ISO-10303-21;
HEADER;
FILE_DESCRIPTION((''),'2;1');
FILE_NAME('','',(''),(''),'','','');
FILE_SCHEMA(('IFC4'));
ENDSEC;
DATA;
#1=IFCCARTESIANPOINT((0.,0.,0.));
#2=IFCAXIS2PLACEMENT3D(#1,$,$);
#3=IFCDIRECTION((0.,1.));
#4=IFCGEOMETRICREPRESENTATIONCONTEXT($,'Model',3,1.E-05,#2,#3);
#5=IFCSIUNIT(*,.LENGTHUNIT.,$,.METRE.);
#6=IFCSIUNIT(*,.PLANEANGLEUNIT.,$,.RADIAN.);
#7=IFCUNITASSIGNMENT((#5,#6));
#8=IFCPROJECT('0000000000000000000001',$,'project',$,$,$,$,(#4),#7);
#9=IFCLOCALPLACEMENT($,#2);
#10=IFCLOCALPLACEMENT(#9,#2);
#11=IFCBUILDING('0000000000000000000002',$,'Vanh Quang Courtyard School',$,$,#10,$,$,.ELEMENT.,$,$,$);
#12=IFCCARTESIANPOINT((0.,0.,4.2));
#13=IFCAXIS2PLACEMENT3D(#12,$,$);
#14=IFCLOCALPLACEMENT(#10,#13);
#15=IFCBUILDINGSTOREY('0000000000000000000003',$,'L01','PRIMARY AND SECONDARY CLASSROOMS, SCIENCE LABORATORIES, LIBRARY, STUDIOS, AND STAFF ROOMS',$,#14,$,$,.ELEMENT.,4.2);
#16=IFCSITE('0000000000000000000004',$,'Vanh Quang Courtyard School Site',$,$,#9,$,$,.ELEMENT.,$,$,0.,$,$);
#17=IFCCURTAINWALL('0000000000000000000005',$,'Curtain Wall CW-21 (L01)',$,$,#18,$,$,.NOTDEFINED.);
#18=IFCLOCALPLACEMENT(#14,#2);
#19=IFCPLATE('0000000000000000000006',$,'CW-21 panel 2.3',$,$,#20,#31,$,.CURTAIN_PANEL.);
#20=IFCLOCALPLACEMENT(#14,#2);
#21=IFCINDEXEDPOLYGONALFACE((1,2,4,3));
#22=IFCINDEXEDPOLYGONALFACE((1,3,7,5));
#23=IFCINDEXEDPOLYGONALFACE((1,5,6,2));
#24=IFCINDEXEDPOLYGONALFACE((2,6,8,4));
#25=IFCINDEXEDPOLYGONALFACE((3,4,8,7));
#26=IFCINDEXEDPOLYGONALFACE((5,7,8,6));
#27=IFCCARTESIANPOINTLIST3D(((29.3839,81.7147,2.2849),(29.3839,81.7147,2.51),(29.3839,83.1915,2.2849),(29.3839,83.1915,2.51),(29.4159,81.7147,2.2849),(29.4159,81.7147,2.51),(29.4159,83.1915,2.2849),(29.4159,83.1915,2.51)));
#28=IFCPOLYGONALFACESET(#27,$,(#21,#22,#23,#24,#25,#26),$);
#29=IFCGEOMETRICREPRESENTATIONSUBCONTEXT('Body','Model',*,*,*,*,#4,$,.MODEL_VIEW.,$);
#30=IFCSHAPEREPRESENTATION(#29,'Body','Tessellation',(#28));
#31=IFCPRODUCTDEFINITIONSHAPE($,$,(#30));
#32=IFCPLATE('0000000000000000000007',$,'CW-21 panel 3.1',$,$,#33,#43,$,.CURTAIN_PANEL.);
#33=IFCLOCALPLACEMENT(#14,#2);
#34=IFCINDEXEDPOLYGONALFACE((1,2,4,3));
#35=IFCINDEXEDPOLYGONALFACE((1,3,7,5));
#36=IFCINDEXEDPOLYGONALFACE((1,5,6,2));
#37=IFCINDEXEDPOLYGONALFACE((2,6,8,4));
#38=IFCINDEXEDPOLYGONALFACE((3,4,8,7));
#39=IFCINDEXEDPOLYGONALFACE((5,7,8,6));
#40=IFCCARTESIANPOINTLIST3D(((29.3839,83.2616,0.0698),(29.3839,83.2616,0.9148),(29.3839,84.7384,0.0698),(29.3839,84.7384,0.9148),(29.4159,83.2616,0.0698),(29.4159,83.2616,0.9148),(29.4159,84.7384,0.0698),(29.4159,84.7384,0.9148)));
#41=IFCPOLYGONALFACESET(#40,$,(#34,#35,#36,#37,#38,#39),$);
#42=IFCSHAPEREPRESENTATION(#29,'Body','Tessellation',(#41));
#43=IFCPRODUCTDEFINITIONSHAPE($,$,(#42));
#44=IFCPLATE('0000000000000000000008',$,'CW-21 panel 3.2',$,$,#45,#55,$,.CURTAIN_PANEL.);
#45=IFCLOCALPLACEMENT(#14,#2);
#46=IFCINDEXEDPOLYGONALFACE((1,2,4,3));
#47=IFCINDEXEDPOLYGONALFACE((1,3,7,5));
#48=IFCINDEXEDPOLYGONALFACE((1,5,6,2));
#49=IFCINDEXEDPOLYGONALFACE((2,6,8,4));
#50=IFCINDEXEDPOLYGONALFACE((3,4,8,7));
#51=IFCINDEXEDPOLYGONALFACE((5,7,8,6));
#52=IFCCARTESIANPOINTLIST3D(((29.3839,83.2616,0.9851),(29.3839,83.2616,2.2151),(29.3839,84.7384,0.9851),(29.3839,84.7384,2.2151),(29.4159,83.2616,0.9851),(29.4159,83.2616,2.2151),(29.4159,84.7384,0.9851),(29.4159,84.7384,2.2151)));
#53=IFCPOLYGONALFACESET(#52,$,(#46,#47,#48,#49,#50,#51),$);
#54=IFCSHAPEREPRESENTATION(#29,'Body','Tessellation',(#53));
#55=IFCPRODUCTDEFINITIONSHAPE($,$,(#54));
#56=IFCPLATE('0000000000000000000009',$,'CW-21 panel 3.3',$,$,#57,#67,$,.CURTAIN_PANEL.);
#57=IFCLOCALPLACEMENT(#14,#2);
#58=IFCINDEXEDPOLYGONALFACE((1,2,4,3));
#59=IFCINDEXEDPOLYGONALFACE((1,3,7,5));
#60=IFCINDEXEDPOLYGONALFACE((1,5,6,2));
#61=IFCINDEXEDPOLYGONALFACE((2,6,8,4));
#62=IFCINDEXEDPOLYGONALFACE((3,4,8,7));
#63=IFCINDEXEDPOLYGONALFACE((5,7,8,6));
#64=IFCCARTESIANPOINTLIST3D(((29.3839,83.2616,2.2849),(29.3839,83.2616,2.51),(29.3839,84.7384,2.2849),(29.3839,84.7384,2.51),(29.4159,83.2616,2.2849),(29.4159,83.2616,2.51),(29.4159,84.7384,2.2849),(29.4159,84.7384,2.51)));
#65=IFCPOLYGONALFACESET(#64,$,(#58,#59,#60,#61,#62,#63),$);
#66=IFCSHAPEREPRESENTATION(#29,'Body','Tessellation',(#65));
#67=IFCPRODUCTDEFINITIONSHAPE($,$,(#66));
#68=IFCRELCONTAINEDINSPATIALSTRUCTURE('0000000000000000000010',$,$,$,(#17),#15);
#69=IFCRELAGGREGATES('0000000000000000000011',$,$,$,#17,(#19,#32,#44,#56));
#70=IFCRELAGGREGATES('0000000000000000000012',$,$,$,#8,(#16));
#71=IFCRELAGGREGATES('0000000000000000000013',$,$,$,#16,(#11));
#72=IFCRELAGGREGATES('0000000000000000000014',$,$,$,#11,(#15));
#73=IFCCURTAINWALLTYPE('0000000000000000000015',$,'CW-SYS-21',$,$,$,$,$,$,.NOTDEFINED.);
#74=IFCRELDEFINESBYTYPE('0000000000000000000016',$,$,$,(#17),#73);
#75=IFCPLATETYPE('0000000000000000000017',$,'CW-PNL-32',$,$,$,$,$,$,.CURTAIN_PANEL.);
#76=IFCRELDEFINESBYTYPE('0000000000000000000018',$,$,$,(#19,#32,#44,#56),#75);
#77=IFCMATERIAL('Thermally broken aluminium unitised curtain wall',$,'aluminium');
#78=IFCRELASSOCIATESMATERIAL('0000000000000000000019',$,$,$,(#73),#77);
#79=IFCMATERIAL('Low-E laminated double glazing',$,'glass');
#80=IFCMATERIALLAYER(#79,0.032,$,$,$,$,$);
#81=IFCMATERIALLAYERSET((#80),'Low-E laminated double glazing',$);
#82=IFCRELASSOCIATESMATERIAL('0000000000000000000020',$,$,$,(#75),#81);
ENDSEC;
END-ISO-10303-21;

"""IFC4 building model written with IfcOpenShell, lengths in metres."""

from ifc_helpers import new_model, si_unit, direction, frame, origin, origin_2d, place, context, subcontext, project, spatial, rectangle, extrude, material, layer, layer_set, type_object, element, aggregate, save


model = new_model("IFC4")

# Units and contexts
model_context = context("Model", 3, precision=1e-05, world=origin(), true_north=direction((0.0, 1.0)))
body_context = subcontext(model_context, "Body", "Model", "MODEL_VIEW")
ifc_project = project(units=[si_unit("LENGTHUNIT", "METRE"), si_unit("PLANEANGLEUNIT", "RADIAN")], contexts=[model_context])

# Site, building, storey
site_placement = place(None, origin())
site = spatial("IfcSite", under=ifc_project, at=site_placement, Name="Vanh Quang Courtyard School Site", CompositionType="ELEMENT", RefElevation=0.0)
building_placement = place(site_placement, origin())
building = spatial("IfcBuilding", under=site, at=building_placement, Name="Vanh Quang Courtyard School", CompositionType="ELEMENT")
storey_placement = place(building_placement, frame((0.0, 0.0, 4.2)))
storey = spatial("IfcBuildingStorey", under=building, at=storey_placement, Name="L01", Description="PRIMARY AND SECONDARY CLASSROOMS, SCIENCE LABORATORIES, LIBRARY, STUDIOS, AND STAFF ROOMS", CompositionType="ELEMENT", Elevation=4.2)

# Curtain wall
ifc_material_1 = material(Name="Thermally broken aluminium unitised curtain wall", Category="aluminium")
curtain_wall_type = type_object("IfcCurtainWallType", Name="CW-SYS-21", PredefinedType="NOTDEFINED", material=ifc_material_1)
curtain_wall_placement = place(storey_placement, origin())
curtain_wall = element("IfcCurtainWall", 1, at=curtain_wall_placement, inside=storey, type_object=curtain_wall_type, Name="Curtain Wall CW-21 (L01)", PredefinedType="NOTDEFINED")

# Plates
ifc_material_2 = material(Name="Low-E laminated double glazing", Category="glass")
ifc_layer = layer(ifc_material_2, 0.032)
ifc_layer_set = layer_set([ifc_layer], Name="Low-E laminated double glazing")
plate_type = type_object("IfcPlateType", Name="CW-PNL-32", PredefinedType="CURTAIN_PANEL", material=ifc_layer_set)
plate_1_placement = place(storey_placement, frame((29.3999, 82.4531, 2.2849), z_axis=(0.0, 0.0, 1.0), x_axis=(0.0, 1.0, 0.0)))
plate_1 = element("IfcPlate", 2, at=plate_1_placement, type_object=plate_type, Name="CW-21 panel 2.3", PredefinedType="CURTAIN_PANEL", context=body_context, shape_type="SweptSolid", body=[
    extrude(rectangle(XDim=1.4768, YDim=0.032, at=origin_2d()), origin(), (0.0, 0.0, 1.0), 0.2251),
])
plate_2_placement = place(storey_placement, frame((29.3999, 84.0, 0.0698), z_axis=(0.0, 0.0, 1.0), x_axis=(0.0, 1.0, 0.0)))
plate_2 = element("IfcPlate", 3, at=plate_2_placement, type_object=plate_type, Name="CW-21 panel 3.1", PredefinedType="CURTAIN_PANEL", context=body_context, shape_type="SweptSolid", body=[
    extrude(rectangle(XDim=1.4768, YDim=0.032, at=origin_2d()), origin(), (0.0, 0.0, 1.0), 0.845),
])
plate_3_placement = place(storey_placement, frame((29.3999, 84.0, 0.9851), z_axis=(0.0, 0.0, 1.0), x_axis=(0.0, 1.0, 0.0)))
plate_3 = element("IfcPlate", 4, at=plate_3_placement, type_object=plate_type, Name="CW-21 panel 3.2", PredefinedType="CURTAIN_PANEL", context=body_context, shape_type="SweptSolid", body=[
    extrude(rectangle(XDim=1.4768, YDim=0.032, at=origin_2d()), origin(), (0.0, 0.0, 1.0), 1.23),
])
plate_4_placement = place(storey_placement, frame((29.3999, 84.0, 2.2849), z_axis=(0.0, 0.0, 1.0), x_axis=(0.0, 1.0, 0.0)))
plate_4 = element("IfcPlate", 5, at=plate_4_placement, type_object=plate_type, Name="CW-21 panel 3.3", PredefinedType="CURTAIN_PANEL", context=body_context, shape_type="SweptSolid", body=[
    extrude(rectangle(XDim=1.4768, YDim=0.032, at=origin_2d()), origin(), (0.0, 0.0, 1.0), 0.2251),
])
aggregate(curtain_wall, [plate_1, plate_2, plate_3, plate_4])

save(model, "model.ifc")
